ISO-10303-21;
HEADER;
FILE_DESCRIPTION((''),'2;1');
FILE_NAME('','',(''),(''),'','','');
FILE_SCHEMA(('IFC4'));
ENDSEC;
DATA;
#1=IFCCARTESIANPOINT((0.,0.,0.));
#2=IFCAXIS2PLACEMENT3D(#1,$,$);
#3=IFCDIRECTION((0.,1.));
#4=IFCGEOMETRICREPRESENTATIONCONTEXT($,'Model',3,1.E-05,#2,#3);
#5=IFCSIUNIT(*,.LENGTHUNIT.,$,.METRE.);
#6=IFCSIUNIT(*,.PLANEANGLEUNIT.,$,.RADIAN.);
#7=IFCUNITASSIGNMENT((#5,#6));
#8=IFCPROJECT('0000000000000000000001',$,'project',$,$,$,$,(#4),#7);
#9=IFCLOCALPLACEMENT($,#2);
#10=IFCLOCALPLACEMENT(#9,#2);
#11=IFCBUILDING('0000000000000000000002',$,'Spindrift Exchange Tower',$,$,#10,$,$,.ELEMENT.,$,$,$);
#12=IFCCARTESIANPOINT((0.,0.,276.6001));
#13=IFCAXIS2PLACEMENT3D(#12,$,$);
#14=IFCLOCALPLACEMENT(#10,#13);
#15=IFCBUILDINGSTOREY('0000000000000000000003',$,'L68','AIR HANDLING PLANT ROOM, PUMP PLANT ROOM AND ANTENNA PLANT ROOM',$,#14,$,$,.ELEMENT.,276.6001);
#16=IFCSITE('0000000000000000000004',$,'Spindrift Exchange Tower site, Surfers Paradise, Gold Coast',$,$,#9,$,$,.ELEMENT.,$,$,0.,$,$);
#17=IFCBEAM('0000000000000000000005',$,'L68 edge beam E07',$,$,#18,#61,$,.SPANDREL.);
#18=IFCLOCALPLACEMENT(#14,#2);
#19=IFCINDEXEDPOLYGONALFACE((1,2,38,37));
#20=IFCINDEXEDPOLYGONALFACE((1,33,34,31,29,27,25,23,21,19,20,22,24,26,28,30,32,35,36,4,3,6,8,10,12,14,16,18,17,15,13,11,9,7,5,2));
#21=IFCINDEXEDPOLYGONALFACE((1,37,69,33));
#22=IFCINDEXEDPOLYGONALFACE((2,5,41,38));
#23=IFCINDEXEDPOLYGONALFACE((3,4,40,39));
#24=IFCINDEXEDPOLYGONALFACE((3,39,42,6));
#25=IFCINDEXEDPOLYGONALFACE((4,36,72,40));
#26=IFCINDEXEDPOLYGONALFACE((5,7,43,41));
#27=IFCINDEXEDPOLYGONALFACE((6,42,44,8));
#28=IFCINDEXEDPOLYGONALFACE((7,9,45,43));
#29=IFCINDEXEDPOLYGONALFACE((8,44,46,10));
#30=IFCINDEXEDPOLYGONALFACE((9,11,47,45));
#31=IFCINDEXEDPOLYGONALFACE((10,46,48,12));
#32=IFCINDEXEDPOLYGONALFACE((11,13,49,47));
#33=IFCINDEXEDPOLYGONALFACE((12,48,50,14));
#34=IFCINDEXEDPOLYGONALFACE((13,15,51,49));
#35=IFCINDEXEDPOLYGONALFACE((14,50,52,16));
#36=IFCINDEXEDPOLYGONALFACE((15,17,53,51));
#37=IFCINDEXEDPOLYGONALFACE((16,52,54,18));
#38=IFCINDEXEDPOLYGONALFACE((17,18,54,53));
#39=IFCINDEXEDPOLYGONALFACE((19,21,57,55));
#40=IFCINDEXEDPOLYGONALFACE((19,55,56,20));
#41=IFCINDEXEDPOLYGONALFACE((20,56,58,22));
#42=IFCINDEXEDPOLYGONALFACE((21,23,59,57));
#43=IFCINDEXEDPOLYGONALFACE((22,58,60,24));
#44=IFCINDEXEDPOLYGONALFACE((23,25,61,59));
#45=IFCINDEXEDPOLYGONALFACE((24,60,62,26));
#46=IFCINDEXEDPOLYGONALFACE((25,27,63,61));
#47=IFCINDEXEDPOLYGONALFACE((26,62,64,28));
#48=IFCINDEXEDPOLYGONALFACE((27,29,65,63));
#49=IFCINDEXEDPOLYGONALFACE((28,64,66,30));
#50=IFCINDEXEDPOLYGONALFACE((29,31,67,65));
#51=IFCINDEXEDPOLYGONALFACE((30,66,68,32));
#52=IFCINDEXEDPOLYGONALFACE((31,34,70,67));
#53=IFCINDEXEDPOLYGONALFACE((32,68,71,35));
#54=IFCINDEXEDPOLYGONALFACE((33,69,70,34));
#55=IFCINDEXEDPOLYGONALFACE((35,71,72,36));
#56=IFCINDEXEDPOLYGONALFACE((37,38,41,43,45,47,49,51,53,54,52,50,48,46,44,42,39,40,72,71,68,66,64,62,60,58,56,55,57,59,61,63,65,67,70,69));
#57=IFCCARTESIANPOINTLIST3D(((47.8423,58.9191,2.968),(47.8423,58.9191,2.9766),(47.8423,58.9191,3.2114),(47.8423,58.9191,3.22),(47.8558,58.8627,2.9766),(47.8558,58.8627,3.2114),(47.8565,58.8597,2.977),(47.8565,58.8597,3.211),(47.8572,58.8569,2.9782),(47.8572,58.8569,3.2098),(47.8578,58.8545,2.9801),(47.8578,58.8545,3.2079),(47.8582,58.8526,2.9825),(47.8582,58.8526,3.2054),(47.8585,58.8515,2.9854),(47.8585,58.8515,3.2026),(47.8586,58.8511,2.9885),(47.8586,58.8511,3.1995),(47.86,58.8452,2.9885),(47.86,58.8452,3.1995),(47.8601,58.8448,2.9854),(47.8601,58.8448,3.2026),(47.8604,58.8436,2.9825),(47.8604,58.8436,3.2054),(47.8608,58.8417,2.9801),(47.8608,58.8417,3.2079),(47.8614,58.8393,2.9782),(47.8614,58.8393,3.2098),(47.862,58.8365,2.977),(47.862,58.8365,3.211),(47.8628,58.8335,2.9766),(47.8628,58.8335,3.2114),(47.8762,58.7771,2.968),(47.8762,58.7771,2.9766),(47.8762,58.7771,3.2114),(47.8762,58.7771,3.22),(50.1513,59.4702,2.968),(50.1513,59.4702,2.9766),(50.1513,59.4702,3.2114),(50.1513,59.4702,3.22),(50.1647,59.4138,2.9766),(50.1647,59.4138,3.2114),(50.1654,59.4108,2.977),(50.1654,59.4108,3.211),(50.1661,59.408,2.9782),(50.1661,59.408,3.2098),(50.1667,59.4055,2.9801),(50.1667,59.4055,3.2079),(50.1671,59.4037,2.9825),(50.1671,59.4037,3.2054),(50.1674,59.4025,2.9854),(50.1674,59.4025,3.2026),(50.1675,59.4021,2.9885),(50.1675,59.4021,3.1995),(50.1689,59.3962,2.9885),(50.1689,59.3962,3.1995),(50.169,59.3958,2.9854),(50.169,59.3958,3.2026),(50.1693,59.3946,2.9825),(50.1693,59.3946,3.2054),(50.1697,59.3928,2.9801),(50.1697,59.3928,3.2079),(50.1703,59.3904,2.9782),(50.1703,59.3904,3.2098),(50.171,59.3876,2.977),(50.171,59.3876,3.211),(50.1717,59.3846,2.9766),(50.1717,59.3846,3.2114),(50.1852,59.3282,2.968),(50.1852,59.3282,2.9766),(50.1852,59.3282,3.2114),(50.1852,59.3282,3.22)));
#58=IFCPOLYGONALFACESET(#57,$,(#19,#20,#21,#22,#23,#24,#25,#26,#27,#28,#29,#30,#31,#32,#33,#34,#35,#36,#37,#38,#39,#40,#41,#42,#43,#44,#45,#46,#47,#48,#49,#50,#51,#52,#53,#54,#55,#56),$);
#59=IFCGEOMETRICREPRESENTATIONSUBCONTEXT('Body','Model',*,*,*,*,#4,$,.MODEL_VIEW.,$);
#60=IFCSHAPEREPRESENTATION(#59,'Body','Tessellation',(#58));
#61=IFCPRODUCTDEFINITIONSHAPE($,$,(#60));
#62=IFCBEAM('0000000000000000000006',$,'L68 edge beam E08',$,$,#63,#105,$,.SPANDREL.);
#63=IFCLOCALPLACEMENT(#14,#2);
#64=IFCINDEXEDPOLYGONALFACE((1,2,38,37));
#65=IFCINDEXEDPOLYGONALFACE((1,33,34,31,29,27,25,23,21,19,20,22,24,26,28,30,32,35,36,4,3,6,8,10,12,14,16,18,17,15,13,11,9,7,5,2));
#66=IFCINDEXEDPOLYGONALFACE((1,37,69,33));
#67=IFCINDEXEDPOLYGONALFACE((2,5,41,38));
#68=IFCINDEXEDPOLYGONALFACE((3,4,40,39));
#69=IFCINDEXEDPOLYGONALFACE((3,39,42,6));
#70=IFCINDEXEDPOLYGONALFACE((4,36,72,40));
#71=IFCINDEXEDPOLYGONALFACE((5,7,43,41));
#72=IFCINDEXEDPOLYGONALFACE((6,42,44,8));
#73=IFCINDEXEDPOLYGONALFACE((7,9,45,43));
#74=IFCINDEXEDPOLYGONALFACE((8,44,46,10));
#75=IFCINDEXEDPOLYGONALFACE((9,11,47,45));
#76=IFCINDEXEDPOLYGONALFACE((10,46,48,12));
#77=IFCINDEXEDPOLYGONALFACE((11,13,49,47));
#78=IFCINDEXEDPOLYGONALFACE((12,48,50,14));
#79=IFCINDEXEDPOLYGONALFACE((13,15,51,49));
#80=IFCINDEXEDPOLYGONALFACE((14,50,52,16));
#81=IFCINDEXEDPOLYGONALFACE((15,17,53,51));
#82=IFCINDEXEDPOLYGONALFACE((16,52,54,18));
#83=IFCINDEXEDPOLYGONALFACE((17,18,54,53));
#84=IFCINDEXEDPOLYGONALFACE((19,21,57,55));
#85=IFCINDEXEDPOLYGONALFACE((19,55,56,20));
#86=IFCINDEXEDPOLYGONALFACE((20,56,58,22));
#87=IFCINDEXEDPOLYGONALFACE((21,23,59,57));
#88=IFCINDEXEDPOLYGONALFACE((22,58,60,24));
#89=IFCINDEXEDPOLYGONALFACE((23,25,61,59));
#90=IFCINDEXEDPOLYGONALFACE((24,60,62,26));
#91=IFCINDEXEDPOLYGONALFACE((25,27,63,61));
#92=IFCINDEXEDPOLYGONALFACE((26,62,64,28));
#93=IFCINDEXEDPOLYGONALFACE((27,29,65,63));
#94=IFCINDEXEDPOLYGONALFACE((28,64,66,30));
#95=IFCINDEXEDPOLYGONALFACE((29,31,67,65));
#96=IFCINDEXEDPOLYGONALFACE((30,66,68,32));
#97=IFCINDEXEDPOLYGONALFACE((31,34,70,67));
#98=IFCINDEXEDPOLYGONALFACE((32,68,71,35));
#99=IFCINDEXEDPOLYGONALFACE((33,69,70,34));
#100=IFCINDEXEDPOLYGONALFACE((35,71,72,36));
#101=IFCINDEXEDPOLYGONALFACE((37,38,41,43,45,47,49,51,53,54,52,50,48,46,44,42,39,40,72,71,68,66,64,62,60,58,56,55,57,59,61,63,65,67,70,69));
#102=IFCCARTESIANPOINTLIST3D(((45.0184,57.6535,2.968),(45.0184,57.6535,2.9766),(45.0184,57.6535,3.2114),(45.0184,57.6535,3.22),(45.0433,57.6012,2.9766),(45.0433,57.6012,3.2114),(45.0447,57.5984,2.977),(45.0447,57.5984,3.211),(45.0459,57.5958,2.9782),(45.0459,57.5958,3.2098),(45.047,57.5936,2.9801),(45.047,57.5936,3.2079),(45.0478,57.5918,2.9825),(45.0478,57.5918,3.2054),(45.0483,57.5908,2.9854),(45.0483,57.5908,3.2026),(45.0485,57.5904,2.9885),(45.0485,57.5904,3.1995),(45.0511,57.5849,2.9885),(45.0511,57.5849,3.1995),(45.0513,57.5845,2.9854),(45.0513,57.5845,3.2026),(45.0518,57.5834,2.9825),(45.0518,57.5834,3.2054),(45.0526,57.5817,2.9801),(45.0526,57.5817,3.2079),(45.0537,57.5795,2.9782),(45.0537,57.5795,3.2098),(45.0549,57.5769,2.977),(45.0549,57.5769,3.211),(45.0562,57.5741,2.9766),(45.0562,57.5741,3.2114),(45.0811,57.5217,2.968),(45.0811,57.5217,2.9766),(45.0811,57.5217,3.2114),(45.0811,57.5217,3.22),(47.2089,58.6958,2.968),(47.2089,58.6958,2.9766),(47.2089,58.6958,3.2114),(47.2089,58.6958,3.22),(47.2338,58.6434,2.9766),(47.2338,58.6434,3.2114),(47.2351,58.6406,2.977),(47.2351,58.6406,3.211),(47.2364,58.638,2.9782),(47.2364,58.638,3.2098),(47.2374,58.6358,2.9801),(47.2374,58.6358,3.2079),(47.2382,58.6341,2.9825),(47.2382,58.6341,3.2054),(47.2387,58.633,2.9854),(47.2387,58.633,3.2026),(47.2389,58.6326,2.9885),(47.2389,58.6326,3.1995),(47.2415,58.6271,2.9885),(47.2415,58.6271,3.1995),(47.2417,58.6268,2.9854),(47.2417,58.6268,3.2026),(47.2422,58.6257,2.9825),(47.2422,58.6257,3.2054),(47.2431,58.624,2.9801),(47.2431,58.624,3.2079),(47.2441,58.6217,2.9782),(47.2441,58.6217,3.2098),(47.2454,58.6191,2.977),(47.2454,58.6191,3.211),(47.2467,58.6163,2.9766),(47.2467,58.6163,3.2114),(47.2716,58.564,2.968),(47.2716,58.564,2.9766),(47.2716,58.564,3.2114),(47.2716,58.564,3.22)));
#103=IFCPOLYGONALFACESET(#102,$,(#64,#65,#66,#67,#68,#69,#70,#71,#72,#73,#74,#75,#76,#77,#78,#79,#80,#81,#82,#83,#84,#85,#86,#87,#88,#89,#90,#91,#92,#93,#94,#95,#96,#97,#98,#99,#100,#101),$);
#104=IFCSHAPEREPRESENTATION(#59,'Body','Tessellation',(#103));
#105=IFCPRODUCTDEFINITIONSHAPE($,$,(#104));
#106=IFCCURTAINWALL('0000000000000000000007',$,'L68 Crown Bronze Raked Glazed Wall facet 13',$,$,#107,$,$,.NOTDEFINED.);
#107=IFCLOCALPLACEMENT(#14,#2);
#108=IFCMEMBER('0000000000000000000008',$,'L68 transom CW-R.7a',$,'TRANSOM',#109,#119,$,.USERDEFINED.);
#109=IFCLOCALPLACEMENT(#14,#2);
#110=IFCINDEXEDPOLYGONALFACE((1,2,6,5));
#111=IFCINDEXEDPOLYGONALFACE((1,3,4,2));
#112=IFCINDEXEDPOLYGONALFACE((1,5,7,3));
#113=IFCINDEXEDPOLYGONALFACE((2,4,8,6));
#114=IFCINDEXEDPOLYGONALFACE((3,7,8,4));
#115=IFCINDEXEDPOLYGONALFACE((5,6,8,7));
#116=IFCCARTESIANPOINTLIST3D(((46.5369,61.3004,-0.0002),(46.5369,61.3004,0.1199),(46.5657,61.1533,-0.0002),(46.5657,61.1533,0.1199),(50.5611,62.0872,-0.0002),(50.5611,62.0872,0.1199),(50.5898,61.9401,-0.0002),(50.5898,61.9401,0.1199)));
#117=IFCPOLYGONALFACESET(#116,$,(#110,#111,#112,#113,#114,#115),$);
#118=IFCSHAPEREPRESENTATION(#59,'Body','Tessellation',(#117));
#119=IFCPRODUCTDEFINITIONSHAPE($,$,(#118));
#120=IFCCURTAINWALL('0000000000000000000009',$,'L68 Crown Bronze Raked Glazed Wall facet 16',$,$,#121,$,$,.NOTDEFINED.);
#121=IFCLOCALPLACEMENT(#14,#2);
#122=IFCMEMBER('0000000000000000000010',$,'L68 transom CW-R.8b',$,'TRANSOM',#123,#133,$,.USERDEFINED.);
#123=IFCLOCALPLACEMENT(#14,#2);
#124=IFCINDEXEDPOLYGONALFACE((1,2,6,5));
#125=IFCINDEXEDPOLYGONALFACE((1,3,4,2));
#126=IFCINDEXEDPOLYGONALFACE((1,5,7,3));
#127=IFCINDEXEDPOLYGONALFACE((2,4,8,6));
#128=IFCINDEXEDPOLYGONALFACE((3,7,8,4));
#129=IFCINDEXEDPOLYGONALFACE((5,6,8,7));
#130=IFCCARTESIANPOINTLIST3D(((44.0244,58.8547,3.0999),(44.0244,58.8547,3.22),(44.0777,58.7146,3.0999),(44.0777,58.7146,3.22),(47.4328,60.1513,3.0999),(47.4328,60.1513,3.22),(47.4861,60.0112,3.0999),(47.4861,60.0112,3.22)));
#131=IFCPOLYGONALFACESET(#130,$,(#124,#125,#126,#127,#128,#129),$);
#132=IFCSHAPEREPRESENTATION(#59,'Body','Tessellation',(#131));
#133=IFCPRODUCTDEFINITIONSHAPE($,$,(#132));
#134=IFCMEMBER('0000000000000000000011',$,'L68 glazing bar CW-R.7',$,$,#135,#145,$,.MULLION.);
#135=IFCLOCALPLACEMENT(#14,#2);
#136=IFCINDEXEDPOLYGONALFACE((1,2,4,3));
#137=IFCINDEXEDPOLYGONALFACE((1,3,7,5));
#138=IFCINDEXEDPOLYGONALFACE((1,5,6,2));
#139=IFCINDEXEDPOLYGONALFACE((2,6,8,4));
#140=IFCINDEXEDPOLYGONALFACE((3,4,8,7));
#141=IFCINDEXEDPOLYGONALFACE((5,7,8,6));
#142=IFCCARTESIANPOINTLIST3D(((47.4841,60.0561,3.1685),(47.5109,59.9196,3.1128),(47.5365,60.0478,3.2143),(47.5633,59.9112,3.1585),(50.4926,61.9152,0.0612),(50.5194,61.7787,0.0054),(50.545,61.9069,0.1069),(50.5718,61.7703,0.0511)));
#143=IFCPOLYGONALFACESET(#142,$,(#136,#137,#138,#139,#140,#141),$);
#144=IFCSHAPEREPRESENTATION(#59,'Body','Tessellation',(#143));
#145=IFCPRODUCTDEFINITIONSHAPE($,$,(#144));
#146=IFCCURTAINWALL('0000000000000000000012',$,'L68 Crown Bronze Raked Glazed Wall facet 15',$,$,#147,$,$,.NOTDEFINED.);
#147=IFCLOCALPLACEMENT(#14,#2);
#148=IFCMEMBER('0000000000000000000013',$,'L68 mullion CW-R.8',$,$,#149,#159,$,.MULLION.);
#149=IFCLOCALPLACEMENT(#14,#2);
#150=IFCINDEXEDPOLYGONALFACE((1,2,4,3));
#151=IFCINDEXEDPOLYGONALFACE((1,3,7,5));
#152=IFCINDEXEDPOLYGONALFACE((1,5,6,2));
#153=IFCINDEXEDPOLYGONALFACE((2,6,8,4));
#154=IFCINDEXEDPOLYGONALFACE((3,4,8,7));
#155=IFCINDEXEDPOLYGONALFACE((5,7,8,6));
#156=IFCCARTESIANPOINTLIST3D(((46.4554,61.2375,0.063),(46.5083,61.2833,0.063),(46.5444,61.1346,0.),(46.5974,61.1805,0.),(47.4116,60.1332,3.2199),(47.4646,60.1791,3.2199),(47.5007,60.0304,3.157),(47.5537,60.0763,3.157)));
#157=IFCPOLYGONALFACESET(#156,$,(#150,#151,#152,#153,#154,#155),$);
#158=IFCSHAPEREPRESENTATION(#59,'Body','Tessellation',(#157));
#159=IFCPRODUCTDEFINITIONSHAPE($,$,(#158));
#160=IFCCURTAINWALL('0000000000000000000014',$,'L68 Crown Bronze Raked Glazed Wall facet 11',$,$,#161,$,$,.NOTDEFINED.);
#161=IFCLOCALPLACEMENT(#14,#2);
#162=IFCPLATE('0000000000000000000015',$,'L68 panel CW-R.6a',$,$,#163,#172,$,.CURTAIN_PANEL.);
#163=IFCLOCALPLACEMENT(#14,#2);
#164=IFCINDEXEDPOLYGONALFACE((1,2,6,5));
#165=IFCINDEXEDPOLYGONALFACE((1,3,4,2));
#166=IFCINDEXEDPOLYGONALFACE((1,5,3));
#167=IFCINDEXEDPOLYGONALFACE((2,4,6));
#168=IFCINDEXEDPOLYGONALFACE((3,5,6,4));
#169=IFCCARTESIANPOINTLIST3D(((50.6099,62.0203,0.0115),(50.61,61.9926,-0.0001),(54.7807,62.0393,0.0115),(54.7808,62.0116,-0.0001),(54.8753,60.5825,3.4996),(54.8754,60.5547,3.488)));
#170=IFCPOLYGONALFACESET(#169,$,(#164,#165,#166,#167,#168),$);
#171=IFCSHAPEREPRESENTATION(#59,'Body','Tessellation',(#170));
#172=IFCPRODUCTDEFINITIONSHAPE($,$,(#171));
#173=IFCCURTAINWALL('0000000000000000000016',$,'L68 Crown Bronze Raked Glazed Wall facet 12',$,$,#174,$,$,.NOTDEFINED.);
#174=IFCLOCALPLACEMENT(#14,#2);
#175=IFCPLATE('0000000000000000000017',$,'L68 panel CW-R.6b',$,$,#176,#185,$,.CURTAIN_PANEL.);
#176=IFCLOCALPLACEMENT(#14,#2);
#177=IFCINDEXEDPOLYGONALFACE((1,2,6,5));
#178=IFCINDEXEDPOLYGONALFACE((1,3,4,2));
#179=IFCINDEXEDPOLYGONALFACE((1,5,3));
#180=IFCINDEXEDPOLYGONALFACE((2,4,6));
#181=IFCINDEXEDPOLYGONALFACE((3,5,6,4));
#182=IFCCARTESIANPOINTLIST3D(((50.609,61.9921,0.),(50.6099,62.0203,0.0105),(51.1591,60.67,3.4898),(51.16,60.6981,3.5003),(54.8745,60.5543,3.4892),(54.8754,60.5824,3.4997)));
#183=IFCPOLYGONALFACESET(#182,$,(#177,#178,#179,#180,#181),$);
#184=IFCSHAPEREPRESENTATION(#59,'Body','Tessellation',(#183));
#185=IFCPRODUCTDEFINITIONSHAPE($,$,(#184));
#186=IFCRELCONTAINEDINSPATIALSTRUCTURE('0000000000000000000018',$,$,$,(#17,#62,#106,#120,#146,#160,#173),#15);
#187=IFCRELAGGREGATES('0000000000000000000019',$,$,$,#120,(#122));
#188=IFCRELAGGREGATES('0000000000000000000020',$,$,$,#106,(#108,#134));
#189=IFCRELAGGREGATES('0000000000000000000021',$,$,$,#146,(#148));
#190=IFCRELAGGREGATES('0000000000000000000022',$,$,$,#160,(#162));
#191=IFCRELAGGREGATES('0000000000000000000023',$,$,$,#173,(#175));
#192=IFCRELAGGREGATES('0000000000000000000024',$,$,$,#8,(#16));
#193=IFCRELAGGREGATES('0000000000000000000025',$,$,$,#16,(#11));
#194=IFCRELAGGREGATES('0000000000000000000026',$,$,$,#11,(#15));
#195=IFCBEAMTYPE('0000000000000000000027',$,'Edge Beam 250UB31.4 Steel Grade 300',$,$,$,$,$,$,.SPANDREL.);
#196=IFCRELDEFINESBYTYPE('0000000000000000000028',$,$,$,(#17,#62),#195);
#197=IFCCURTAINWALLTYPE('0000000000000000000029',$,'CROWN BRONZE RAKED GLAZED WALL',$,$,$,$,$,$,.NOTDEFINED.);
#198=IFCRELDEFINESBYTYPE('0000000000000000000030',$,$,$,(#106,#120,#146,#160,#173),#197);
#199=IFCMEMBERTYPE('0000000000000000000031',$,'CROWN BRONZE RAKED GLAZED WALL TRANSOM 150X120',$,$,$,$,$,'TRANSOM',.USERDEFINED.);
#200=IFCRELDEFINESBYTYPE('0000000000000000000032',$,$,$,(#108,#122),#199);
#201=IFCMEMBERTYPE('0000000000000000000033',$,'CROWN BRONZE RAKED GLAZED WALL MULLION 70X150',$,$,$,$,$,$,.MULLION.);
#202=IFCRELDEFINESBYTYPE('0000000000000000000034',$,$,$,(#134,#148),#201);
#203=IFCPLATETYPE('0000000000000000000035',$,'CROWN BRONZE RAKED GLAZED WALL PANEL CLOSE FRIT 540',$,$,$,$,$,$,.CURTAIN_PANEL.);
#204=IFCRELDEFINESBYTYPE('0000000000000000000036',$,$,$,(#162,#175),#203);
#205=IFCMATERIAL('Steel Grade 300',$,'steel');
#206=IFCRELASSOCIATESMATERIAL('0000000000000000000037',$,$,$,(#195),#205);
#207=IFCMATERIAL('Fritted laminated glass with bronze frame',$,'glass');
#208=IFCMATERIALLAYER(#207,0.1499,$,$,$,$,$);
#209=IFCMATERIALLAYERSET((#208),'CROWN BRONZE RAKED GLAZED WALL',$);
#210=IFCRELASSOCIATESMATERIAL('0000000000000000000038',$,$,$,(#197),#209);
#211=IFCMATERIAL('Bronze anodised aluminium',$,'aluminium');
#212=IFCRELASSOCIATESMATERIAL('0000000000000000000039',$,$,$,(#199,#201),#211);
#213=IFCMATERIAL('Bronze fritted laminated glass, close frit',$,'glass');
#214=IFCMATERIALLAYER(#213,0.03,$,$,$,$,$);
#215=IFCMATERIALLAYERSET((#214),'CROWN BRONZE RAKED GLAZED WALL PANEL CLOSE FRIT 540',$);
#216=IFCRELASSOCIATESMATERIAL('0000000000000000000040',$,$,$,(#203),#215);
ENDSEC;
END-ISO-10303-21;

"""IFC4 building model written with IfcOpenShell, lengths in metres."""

from ifc_helpers import new_model, si_unit, direction, frame, origin, origin_2d, place, context, subcontext, project, spatial, line, indexed_curve, rectangle, i_section, outline, extrude, source, transform, mapped, material, layer, layer_set, material_profile, profile_set, type_object, element, aggregate, save


model = new_model("IFC4")

# Units and contexts
model_context = context("Model", 3, precision=1e-05, world=origin(), true_north=direction((0.0, 1.0)))
body_context = subcontext(model_context, "Body", "Model", "MODEL_VIEW")
ifc_project = project(units=[si_unit("LENGTHUNIT", "METRE"), si_unit("PLANEANGLEUNIT", "RADIAN")], contexts=[model_context])

# Site, building, storey
site_placement = place(None, origin())
site = spatial("IfcSite", under=ifc_project, at=site_placement, Name="Spindrift Exchange Tower site, Surfers Paradise, Gold Coast", CompositionType="ELEMENT", RefElevation=0.0)
building_placement = place(site_placement, origin())
building = spatial("IfcBuilding", under=site, at=building_placement, Name="Spindrift Exchange Tower", CompositionType="ELEMENT")
storey_placement = place(building_placement, frame((0.0, 0.0, 276.6001)))
storey = spatial("IfcBuildingStorey", under=building, at=storey_placement, Name="L68", Description="AIR HANDLING PLANT ROOM, PUMP PLANT ROOM AND ANTENNA PLANT ROOM", CompositionType="ELEMENT", Elevation=276.6001)

# Beams
ifc_material_1 = material(Name="Steel Grade 300", Category="steel")
ifc_material_profile_1 = material_profile(ifc_material_1, i_section(OverallWidth=0.146, OverallDepth=0.252, WebThickness=0.0061, FlangeThickness=0.0085, FilletRadius=0.012, at=origin_2d()), Name="250UB31.4")
ifc_profile_set_1 = profile_set([ifc_material_profile_1], Name="Steel Grade 300")
beam_type_1 = type_object("IfcBeamType", Name="Edge Beam 250UB31.4 Steel Grade 300", PredefinedType="SPANDREL", material=ifc_profile_set_1)
shared_shape_1 = source(origin(), body_context, "Body", "SweptSolid", [
    extrude(i_section(OverallWidth=0.146, OverallDepth=0.252, WebThickness=0.0061, FlangeThickness=0.0085, FilletRadius=0.012, at=origin_2d()), origin(), (0.0, 0.0, 1.0), 2.3738),
])
beam_1_placement = place(storey_placement, frame((50.1682, 59.3992, 3.094), z_axis=(-0.972682, -0.23214, 0.0), x_axis=(0.23214, -0.972682, 0.0)))
element("IfcBeam", 1, at=beam_1_placement, inside=storey, type_object=beam_type_1, Name="L68 edge beam E07", PredefinedType="SPANDREL", context=body_context, shape_type="MappedRepresentation", body=[
    mapped(shared_shape_1, transform((0.0, 0.0, 0.0), scale=1.0)),
])
shared_shape_2 = source(origin(), body_context, "Body", "SweptSolid", [
    extrude(i_section(OverallWidth=0.146, OverallDepth=0.252, WebThickness=0.0061, FlangeThickness=0.0085, FilletRadius=0.012, at=origin_2d()), origin(), (0.0, 0.0, 1.0), 2.4258),
])
beam_2_placement = place(storey_placement, frame((47.2402, 58.6299, 3.094), z_axis=(-0.902993, -0.429656, 0.0), x_axis=(0.429656, -0.902993, 0.0)))
element("IfcBeam", 2, at=beam_2_placement, inside=storey, type_object=beam_type_1, Name="L68 edge beam E08", PredefinedType="SPANDREL", context=body_context, shape_type="MappedRepresentation", body=[
    mapped(shared_shape_2, transform((0.0, 0.0, 0.0), scale=1.0)),
])

# Curtain walls, members
ifc_material_2 = material(Name="Fritted laminated glass with bronze frame", Category="glass")
ifc_layer_1 = layer(ifc_material_2, 0.1499)
ifc_layer_set_1 = layer_set([ifc_layer_1], Name="CROWN BRONZE RAKED GLAZED WALL")
curtain_wall_type = type_object("IfcCurtainWallType", Name="CROWN BRONZE RAKED GLAZED WALL", PredefinedType="NOTDEFINED", material=ifc_layer_set_1)
curtain_wall_1_placement = place(storey_placement, origin())
curtain_wall_1 = element("IfcCurtainWall", 3, at=curtain_wall_1_placement, inside=storey, type_object=curtain_wall_type, Name="L68 Crown Bronze Raked Glazed Wall facet 13", PredefinedType="NOTDEFINED")
ifc_material_3 = material(Name="Bronze anodised aluminium", Category="aluminium")
ifc_material_profile_2 = material_profile(ifc_material_3, rectangle(XDim=0.1499, YDim=0.1201, at=origin_2d()), Name="CROWN BRONZE RAKED GLAZED WALL TRANSOM 150X120")
ifc_profile_set_2 = profile_set([ifc_material_profile_2], Name="Bronze anodised aluminium")
member_type_1 = type_object("IfcMemberType", Name="CROWN BRONZE RAKED GLAZED WALL TRANSOM 150X120", ElementType="TRANSOM", PredefinedType="USERDEFINED", material=ifc_profile_set_2)
shared_shape_3 = source(origin(), body_context, "Body", "SweptSolid", [
    extrude(rectangle(XDim=0.1499, YDim=0.1201, at=origin_2d()), origin(), (0.0, 0.0, 1.0), 4.1003),
])
member_1_placement = place(storey_placement, frame((50.5754, 62.0137, 0.0598), z_axis=(-0.981414, -0.191901, 0.0), x_axis=(0.191901, -0.981414, 0.0)))
member_1 = element("IfcMember", 4, at=member_1_placement, type_object=member_type_1, Name="L68 transom CW-R.7a", ObjectType="TRANSOM", PredefinedType="USERDEFINED", context=body_context, shape_type="MappedRepresentation", body=[
    mapped(shared_shape_3, transform((0.0, 0.0, 0.0), scale=1.0)),
])
curtain_wall_2_placement = place(storey_placement, origin())
curtain_wall_2 = element("IfcCurtainWall", 5, at=curtain_wall_2_placement, inside=storey, type_object=curtain_wall_type, Name="L68 Crown Bronze Raked Glazed Wall facet 16", PredefinedType="NOTDEFINED")
shared_shape_4 = source(origin(), body_context, "Body", "SweptSolid", [
    extrude(rectangle(XDim=0.1499, YDim=0.1201, at=origin_2d()), origin(), (0.0, 0.0, 1.0), 3.6467),
])
member_2_placement = place(storey_placement, frame((44.051, 58.7847, 3.1599), z_axis=(0.934654, 0.355558, 0.0), x_axis=(-0.355558, 0.934654, 0.0)))
member_2 = element("IfcMember", 6, at=member_2_placement, type_object=member_type_1, Name="L68 transom CW-R.8b", ObjectType="TRANSOM", PredefinedType="USERDEFINED", context=body_context, shape_type="MappedRepresentation", body=[
    mapped(shared_shape_4, transform((0.0, 0.0, 0.0), scale=1.0)),
])
aggregate(curtain_wall_2, [member_2])

# Member
ifc_material_profile_3 = material_profile(ifc_material_3, rectangle(XDim=0.0701, YDim=0.1499, at=origin_2d()), Name="CROWN BRONZE RAKED GLAZED WALL MULLION 70X150")
ifc_profile_set_3 = profile_set([ifc_material_profile_3], Name="Bronze anodised aluminium")
member_type_2 = type_object("IfcMemberType", Name="CROWN BRONZE RAKED GLAZED WALL MULLION 70X150", PredefinedType="MULLION", material=ifc_profile_set_3)
shared_shape_5 = source(origin(), body_context, "Body", "SweptSolid", [
    extrude(rectangle(XDim=0.0701, YDim=0.1499, at=origin_2d()), origin(), (0.0, 0.0, 1.0), 4.7078),
])
member_3_placement = place(storey_placement, frame((50.5322, 61.8428, 0.0562), z_axis=(-0.63905, -0.394901, 0.660052), x_axis=(0.748105, -0.119678, 0.652699)))
member_3 = element("IfcMember", 7, at=member_3_placement, type_object=member_type_2, Name="L68 glazing bar CW-R.7", PredefinedType="MULLION", context=body_context, shape_type="MappedRepresentation", body=[
    mapped(shared_shape_5, transform((0.0, 0.0, 0.0), scale=1.0)),
])
aggregate(curtain_wall_1, [member_1, member_3])

# Curtain wall, member
curtain_wall_3_placement = place(storey_placement, origin())
curtain_wall_3 = element("IfcCurtainWall", 8, at=curtain_wall_3_placement, inside=storey, type_object=curtain_wall_type, Name="L68 Crown Bronze Raked Glazed Wall facet 15", PredefinedType="NOTDEFINED")
shared_shape_6 = source(origin(), body_context, "Body", "SweptSolid", [
    extrude(rectangle(XDim=0.0701, YDim=0.1499, at=origin_2d()), origin(), (0.0, 0.0, 1.0), 3.4785),
])
member_4_placement = place(storey_placement, frame((46.5264, 61.209, 0.0315), z_axis=(0.274912, -0.317444, 0.907553), x_axis=(0.755932, 0.654651, 0.0)))
member_4 = element("IfcMember", 9, at=member_4_placement, type_object=member_type_2, Name="L68 mullion CW-R.8", PredefinedType="MULLION", context=body_context, shape_type="MappedRepresentation", body=[
    mapped(shared_shape_6, transform((0.0, 0.0, 0.0), scale=1.0)),
])
aggregate(curtain_wall_3, [member_4])

# Curtain walls, plates
curtain_wall_4_placement = place(storey_placement, origin())
curtain_wall_4 = element("IfcCurtainWall", 10, at=curtain_wall_4_placement, inside=storey, type_object=curtain_wall_type, Name="L68 Crown Bronze Raked Glazed Wall facet 11", PredefinedType="NOTDEFINED")
ifc_material_4 = material(Name="Bronze fritted laminated glass, close frit", Category="glass")
ifc_layer_2 = layer(ifc_material_4, 0.03)
ifc_layer_set_2 = layer_set([ifc_layer_2], Name="CROWN BRONZE RAKED GLAZED WALL PANEL CLOSE FRIT 540")
plate_type = type_object("IfcPlateType", Name="CROWN BRONZE RAKED GLAZED WALL PANEL CLOSE FRIT 540", PredefinedType="CURTAIN_PANEL", material=ifc_layer_set_2)
plate_1_placement = place(storey_placement, frame((50.6099, 62.0203, 0.0115), z_axis=(-0.004213, 0.922701, 0.385494), x_axis=(0.99999, 0.004566, 0.0)))
plate_1 = element("IfcPlate", 11, at=plate_1_placement, type_object=plate_type, Name="L68 panel CW-R.6a", PredefinedType="CURTAIN_PANEL", context=body_context, shape_type="SweptSolid", body=[
    extrude(outline(indexed_curve([(0.0, 0.0), (4.1709, 0.0), (4.2588, -3.7803)], segments=[line(1, 2, 3, 1)], self_intersect=False)), origin(), (0.0, 0.0, -1.0), 0.03),
])
aggregate(curtain_wall_4, [plate_1])
curtain_wall_5_placement = place(storey_placement, origin())
curtain_wall_5 = element("IfcCurtainWall", 12, at=curtain_wall_5_placement, inside=storey, type_object=curtain_wall_type, Name="L68 Crown Bronze Raked Glazed Wall facet 12", PredefinedType="NOTDEFINED")
plate_2_placement = place(storey_placement, frame((50.6099, 62.0203, 0.0105), z_axis=(0.029221, 0.936257, 0.350099), x_axis=(0.748951, -0.252465, 0.612645)))
plate_2 = element("IfcPlate", 13, at=plate_2_placement, type_object=plate_type, Name="L68 panel CW-R.6b", PredefinedType="CURTAIN_PANEL", context=body_context, shape_type="SweptSolid", body=[
    extrude(outline(indexed_curve([(0.0, 0.0), (5.6953, 0.0), (2.8838, -2.4316)], segments=[line(1, 2, 3, 1)], self_intersect=False)), origin(), (0.0, 0.0, -1.0), 0.03),
])
aggregate(curtain_wall_5, [plate_2])

save(model, "model.ifc")
